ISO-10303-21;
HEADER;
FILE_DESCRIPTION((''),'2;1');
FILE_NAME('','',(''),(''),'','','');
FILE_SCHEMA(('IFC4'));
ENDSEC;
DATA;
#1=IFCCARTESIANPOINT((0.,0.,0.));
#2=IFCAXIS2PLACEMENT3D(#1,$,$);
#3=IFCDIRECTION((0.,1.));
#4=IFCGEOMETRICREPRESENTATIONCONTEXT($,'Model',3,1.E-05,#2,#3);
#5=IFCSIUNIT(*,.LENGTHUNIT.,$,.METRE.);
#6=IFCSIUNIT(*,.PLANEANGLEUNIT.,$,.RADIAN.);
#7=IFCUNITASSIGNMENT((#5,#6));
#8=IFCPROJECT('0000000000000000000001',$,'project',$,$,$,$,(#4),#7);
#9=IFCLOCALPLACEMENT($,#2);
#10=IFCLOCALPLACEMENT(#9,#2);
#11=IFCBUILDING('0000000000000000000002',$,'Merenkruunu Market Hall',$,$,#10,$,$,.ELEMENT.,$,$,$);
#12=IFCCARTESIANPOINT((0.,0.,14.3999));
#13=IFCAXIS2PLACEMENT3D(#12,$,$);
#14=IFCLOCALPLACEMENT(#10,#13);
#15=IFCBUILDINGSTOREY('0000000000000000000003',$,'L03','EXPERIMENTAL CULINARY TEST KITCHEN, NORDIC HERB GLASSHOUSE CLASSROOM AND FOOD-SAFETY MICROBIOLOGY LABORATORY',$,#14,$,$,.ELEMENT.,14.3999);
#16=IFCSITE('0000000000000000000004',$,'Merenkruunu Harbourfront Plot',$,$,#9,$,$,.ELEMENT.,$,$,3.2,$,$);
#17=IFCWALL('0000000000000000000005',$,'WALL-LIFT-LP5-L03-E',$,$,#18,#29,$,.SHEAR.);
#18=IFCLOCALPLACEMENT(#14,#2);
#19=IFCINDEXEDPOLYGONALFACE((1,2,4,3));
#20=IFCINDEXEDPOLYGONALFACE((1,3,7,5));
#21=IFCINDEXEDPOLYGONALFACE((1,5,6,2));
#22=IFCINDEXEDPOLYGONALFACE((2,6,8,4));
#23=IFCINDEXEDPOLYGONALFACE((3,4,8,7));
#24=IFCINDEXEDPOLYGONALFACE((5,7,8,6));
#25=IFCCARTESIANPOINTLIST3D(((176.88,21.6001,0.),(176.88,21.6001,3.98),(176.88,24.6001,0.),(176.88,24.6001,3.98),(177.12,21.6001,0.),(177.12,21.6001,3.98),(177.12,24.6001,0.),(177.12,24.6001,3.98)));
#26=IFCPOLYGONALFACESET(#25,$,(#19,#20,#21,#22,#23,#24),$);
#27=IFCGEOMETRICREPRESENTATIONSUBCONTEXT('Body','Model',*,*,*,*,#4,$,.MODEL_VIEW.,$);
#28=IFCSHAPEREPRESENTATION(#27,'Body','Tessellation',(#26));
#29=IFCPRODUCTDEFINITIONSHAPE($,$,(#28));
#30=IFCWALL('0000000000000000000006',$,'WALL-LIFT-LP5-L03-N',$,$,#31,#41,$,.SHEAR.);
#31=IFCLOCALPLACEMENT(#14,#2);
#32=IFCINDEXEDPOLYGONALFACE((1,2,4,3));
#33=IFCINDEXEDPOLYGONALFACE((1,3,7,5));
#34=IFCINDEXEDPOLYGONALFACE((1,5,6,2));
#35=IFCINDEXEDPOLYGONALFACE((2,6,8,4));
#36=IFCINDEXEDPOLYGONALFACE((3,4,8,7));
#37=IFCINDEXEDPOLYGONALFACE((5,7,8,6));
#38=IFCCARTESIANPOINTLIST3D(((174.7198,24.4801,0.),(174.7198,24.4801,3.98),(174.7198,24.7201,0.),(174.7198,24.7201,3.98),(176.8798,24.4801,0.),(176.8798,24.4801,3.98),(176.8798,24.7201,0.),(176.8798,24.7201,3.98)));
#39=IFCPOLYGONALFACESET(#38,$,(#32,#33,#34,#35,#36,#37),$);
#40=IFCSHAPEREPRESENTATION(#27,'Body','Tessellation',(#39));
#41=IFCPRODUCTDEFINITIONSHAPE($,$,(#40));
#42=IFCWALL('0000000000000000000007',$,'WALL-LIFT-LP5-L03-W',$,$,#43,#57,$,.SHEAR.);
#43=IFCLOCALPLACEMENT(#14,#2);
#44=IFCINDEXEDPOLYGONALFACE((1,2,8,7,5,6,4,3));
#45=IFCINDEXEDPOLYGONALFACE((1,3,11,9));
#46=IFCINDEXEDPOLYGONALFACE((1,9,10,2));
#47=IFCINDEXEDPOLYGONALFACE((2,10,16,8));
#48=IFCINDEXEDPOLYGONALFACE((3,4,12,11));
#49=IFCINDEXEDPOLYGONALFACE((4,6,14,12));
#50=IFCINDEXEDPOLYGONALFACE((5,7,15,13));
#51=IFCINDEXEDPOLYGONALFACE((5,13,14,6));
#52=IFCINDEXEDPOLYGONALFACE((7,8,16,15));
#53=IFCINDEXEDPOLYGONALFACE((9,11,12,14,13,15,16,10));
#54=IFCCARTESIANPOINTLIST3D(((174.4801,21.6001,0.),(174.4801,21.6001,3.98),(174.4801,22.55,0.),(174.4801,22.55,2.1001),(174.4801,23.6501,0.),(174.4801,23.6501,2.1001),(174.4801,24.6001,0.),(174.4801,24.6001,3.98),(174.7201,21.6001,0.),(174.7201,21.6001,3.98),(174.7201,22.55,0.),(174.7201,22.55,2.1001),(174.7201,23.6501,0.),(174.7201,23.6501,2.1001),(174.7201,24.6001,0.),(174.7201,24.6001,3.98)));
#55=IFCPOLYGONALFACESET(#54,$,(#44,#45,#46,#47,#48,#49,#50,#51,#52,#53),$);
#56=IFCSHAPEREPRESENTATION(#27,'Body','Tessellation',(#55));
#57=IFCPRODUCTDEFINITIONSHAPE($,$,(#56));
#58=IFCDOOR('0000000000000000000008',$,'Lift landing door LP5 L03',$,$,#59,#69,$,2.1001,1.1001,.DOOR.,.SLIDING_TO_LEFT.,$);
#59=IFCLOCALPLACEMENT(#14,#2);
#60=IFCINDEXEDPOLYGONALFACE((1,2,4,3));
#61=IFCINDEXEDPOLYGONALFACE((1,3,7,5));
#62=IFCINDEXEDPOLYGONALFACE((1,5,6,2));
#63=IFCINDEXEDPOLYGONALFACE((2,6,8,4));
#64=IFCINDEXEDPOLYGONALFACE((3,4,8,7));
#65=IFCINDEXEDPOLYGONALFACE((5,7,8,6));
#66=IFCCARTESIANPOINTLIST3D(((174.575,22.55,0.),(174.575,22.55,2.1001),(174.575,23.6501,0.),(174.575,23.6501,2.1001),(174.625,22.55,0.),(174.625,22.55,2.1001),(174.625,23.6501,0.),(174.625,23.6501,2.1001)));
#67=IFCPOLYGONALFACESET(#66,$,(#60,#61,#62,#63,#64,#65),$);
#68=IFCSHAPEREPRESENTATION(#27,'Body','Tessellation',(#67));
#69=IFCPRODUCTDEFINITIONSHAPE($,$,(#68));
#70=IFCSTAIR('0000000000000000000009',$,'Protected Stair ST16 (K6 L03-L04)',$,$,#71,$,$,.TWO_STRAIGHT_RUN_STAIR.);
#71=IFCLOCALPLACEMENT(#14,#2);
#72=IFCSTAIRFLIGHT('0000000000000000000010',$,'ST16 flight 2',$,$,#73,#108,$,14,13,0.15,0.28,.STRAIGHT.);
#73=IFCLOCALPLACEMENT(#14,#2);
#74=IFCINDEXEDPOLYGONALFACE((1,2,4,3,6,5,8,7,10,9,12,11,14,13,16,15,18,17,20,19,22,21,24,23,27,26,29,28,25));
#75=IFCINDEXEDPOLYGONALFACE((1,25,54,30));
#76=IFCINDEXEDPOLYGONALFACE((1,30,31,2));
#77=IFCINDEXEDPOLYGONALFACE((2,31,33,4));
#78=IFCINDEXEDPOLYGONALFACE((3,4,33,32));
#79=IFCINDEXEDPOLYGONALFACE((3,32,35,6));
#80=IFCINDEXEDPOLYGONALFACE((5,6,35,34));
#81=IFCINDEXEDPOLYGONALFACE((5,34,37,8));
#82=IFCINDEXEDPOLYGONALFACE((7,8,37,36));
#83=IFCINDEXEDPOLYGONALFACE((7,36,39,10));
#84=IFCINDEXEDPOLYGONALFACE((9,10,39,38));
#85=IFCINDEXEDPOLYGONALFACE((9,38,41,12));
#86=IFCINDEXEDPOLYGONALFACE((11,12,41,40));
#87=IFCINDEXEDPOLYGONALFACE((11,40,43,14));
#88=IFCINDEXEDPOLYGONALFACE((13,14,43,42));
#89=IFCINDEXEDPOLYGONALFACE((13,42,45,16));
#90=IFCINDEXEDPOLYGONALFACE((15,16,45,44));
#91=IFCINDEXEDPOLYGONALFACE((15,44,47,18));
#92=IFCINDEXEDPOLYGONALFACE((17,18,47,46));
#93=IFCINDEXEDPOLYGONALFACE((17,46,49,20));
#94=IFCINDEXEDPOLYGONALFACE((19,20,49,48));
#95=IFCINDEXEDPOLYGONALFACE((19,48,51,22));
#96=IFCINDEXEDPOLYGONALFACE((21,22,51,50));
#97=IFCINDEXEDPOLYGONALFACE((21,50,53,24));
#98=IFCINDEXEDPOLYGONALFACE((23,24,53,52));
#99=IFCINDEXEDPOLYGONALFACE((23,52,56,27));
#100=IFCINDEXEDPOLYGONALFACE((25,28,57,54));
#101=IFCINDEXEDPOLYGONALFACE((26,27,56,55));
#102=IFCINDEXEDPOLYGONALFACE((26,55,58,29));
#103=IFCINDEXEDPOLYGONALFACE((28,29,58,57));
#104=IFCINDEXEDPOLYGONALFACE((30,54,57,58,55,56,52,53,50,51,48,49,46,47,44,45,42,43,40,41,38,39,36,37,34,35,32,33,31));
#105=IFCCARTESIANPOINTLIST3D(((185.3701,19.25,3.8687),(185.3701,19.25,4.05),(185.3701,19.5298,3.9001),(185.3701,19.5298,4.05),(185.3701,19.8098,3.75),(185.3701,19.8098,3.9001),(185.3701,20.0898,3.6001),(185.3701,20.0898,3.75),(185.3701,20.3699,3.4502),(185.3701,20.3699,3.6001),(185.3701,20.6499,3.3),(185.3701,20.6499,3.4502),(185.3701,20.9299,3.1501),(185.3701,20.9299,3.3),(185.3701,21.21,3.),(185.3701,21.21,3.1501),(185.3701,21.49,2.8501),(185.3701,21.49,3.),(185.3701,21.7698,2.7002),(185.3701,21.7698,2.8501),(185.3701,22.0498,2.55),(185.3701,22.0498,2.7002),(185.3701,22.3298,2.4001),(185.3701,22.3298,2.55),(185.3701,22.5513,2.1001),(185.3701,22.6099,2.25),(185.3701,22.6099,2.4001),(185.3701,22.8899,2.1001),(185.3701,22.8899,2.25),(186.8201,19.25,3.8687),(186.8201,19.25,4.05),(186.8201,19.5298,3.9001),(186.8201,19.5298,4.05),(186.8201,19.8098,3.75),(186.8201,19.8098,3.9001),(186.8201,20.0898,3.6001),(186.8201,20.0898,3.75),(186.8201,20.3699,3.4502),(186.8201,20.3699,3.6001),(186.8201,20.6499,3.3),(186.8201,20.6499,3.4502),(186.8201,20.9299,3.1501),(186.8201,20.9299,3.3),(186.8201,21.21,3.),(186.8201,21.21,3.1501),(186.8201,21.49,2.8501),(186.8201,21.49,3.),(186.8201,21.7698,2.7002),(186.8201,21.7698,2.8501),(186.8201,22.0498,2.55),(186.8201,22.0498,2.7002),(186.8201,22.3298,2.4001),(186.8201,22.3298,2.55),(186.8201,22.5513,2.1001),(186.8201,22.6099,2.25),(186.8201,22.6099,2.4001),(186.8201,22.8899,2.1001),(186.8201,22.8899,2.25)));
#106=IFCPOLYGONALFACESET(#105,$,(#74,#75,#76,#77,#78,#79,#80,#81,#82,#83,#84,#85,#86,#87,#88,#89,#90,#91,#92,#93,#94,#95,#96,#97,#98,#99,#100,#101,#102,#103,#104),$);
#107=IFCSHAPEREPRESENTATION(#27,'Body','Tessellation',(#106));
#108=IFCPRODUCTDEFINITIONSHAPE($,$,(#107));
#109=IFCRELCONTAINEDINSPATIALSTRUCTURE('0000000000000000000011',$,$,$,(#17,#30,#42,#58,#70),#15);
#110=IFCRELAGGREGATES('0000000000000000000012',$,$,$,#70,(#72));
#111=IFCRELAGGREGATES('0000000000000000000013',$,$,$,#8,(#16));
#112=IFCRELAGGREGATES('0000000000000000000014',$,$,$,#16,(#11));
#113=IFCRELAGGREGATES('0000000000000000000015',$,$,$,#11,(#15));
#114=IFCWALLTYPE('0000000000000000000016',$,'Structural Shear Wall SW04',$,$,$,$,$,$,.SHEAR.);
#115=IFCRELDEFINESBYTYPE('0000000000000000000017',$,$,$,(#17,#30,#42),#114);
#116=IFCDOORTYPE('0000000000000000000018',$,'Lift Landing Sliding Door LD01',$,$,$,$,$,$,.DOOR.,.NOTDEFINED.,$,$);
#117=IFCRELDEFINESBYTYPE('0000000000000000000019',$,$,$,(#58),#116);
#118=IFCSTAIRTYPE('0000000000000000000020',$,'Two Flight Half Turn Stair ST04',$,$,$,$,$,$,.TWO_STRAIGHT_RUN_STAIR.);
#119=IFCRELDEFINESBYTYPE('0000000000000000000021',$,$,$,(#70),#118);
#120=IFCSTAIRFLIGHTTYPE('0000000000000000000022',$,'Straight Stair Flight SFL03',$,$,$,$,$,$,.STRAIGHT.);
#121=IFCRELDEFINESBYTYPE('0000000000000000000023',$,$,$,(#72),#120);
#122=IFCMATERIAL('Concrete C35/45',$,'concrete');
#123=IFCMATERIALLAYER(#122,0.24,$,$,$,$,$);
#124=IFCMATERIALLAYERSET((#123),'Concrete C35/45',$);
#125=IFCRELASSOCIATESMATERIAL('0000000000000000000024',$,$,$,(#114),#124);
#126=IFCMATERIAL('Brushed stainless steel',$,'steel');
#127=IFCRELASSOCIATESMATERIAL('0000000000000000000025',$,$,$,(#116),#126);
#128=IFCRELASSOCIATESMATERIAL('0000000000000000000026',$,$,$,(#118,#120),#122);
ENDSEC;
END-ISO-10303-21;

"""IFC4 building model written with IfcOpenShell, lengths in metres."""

from ifc_helpers import new_model, si_unit, direction, frame, frame_2d, origin, place, context, subcontext, project, spatial, polyline, rectangle, outline, extrude, material, layer, layer_set, type_object, element, fill, aggregate, save


model = new_model("IFC4")

# Units and contexts
model_context = context("Model", 3, precision=1e-05, world=origin(), true_north=direction((0.0, 1.0)))
body_context = subcontext(model_context, "Body", "Model", "MODEL_VIEW")
ifc_project = project(units=[si_unit("LENGTHUNIT", "METRE"), si_unit("PLANEANGLEUNIT", "RADIAN")], contexts=[model_context])

# Site, building, storey
site_placement = place(None, origin())
site = spatial("IfcSite", under=ifc_project, at=site_placement, Name="Merenkruunu Harbourfront Plot", CompositionType="ELEMENT", RefElevation=3.2)
building_placement = place(site_placement, origin())
building = spatial("IfcBuilding", under=site, at=building_placement, Name="Merenkruunu Market Hall", CompositionType="ELEMENT")
storey_placement = place(building_placement, frame((0.0, 0.0, 14.3999)))
storey = spatial("IfcBuildingStorey", under=building, at=storey_placement, Name="L03", Description="EXPERIMENTAL CULINARY TEST KITCHEN, NORDIC HERB GLASSHOUSE CLASSROOM AND FOOD-SAFETY MICROBIOLOGY LABORATORY", CompositionType="ELEMENT", Elevation=14.3999)

# Shared definitions
ifc_material_1 = material(Name="Concrete C35/45", Category="concrete")
ifc_layer_1 = layer(ifc_material_1, 0.24)
ifc_layer_set_1 = layer_set([ifc_layer_1], Name="Concrete C35/45")
wall_type_1 = type_object("IfcWallType", Name="Structural Shear Wall SW04", PredefinedType="SHEAR", material=ifc_layer_set_1)

# Shared definitions
ifc_material_2 = material(Name="Brushed stainless steel", Category="steel")
door_type = type_object("IfcDoorType", Name="Lift Landing Sliding Door LD01", OperationType="NOTDEFINED", PredefinedType="DOOR", material=ifc_material_2)

# Walls
wall_1_placement = place(storey_placement, frame((177.0, 21.6001, 0.0), z_axis=(0.0, 0.0, 1.0), x_axis=(0.0, 1.0, 0.0)))
element("IfcWall", 1, at=wall_1_placement, inside=storey, type_object=wall_type_1, Name="WALL-LIFT-LP5-L03-E", PredefinedType="SHEAR", context=body_context, shape_type="SweptSolid", body=[
    extrude(rectangle(XDim=3.0, YDim=0.24, at=frame_2d((1.5, 0.0))), origin(), (0.0, 0.0, 1.0), 3.98),
])
wall_2_placement = place(storey_placement, frame((176.8799, 24.6001, 0.0), z_axis=(0.0, 0.0, 1.0), x_axis=(-1.0, 0.0, 0.0)))
element("IfcWall", 2, at=wall_2_placement, inside=storey, type_object=wall_type_1, Name="WALL-LIFT-LP5-L03-N", PredefinedType="SHEAR", context=body_context, shape_type="SweptSolid", body=[
    extrude(rectangle(XDim=2.1599, YDim=0.24, at=frame_2d((1.0801, 0.0))), origin(), (0.0, 0.0, 1.0), 3.98),
])

# Wall, opening, door
wall_3_placement = place(storey_placement, frame((174.6001, 24.6001, 0.0), z_axis=(0.0, 0.0, 1.0), x_axis=(0.0, -1.0, 0.0)))
wall_3 = element("IfcWall", 3, at=wall_3_placement, inside=storey, type_object=wall_type_1, Name="WALL-LIFT-LP5-L03-W", PredefinedType="SHEAR", context=body_context, shape_type="SweptSolid", body=[
    extrude(rectangle(XDim=3.0, YDim=0.24, at=frame_2d((1.5, 0.0))), origin(), (0.0, 0.0, 1.0), 3.98),
])
opening_1_placement = place(wall_3_placement, frame((0.95, 0.0, 0.0)))
opening_1 = element("IfcOpeningElement", 4, at=opening_1_placement, cuts=wall_3, PredefinedType="OPENING", context=body_context, shape_type="SweptSolid", body=[
    extrude(rectangle(XDim=1.1001, YDim=2.1001, at=frame_2d((0.55, 1.05))), frame((0.0, 0.1299, 0.0), z_axis=(0.0, -1.0, 0.0), x_axis=(1.0, 0.0, 0.0)), (0.0, 0.0, 1.0), 0.26),
])
door_1_placement = place(opening_1_placement, origin())
door_1 = element("IfcDoor", 5, at=door_1_placement, inside=storey, type_object=door_type, Name="Lift landing door LP5 L03", OperationType="SLIDING_TO_LEFT", OverallHeight=2.1001, OverallWidth=1.1001, PredefinedType="DOOR", context=body_context, shape_type="SweptSolid", body=[
    extrude(rectangle(XDim=1.1001, YDim=2.1001, at=frame_2d((0.55, 1.05))), frame((0.0, 0.0249, 0.0), z_axis=(0.0, -1.0, 0.0), x_axis=(1.0, 0.0, 0.0)), (0.0, 0.0, 1.0), 0.05),
])
fill(opening_1, door_1)

# Stair, stair flight
stair_type = type_object("IfcStairType", Name="Two Flight Half Turn Stair ST04", PredefinedType="TWO_STRAIGHT_RUN_STAIR", material=ifc_material_1)
stair_placement = place(storey_placement, origin())
stair = element("IfcStair", 6, at=stair_placement, inside=storey, type_object=stair_type, Name="Protected Stair ST16 (K6 L03-L04)", PredefinedType="TWO_STRAIGHT_RUN_STAIR")
stair_flight_type = type_object("IfcStairFlightType", Name="Straight Stair Flight SFL03", PredefinedType="STRAIGHT", material=ifc_material_1)
stair_flight_placement = place(storey_placement, frame((186.095, 22.8899, 2.1001), z_axis=(0.0, 0.0, 1.0), x_axis=(0.0, -1.0, 0.0)))
stair_flight = element("IfcStairFlight", 7, at=stair_flight_placement, type_object=stair_flight_type, Name="ST16 flight 2", NumberOfRisers=14, NumberOfTreads=13, PredefinedType="STRAIGHT", RiserHeight=0.15, TreadLength=0.28, context=body_context, shape_type="SweptSolid", body=[
    extrude(outline(polyline([(0.0, 0.0), (0.0, 0.1499), (0.28, 0.1499), (0.28, 0.3), (0.5601, 0.3), (0.5601, 0.45), (0.8401, 0.45), (0.8401, 0.6001), (1.1201, 0.6001), (1.1201, 0.75), (1.3999, 0.75), (1.3999, 0.8999), (1.6799, 0.8999), (1.6799, 1.05), (1.96, 1.05), (1.96, 1.2), (2.24, 1.2), (2.24, 1.3501), (2.52, 1.3501), (2.52, 1.5), (2.8, 1.5), (2.8, 1.6499), (3.0801, 1.6499), (3.0801, 1.8), (3.3601, 1.8), (3.3601, 1.95), (3.6399, 1.95), (3.6399, 2.1001), (3.6399, 1.7686), (0.3386, 0.0), (0.0, 0.0)])), frame((0.0, 0.7251, 0.0), z_axis=(0.0, -1.0, 0.0), x_axis=(1.0, 0.0, 0.0)), (0.0, 0.0, 1.0), 1.45),
])
aggregate(stair, [stair_flight])

save(model, "model.ifc")
